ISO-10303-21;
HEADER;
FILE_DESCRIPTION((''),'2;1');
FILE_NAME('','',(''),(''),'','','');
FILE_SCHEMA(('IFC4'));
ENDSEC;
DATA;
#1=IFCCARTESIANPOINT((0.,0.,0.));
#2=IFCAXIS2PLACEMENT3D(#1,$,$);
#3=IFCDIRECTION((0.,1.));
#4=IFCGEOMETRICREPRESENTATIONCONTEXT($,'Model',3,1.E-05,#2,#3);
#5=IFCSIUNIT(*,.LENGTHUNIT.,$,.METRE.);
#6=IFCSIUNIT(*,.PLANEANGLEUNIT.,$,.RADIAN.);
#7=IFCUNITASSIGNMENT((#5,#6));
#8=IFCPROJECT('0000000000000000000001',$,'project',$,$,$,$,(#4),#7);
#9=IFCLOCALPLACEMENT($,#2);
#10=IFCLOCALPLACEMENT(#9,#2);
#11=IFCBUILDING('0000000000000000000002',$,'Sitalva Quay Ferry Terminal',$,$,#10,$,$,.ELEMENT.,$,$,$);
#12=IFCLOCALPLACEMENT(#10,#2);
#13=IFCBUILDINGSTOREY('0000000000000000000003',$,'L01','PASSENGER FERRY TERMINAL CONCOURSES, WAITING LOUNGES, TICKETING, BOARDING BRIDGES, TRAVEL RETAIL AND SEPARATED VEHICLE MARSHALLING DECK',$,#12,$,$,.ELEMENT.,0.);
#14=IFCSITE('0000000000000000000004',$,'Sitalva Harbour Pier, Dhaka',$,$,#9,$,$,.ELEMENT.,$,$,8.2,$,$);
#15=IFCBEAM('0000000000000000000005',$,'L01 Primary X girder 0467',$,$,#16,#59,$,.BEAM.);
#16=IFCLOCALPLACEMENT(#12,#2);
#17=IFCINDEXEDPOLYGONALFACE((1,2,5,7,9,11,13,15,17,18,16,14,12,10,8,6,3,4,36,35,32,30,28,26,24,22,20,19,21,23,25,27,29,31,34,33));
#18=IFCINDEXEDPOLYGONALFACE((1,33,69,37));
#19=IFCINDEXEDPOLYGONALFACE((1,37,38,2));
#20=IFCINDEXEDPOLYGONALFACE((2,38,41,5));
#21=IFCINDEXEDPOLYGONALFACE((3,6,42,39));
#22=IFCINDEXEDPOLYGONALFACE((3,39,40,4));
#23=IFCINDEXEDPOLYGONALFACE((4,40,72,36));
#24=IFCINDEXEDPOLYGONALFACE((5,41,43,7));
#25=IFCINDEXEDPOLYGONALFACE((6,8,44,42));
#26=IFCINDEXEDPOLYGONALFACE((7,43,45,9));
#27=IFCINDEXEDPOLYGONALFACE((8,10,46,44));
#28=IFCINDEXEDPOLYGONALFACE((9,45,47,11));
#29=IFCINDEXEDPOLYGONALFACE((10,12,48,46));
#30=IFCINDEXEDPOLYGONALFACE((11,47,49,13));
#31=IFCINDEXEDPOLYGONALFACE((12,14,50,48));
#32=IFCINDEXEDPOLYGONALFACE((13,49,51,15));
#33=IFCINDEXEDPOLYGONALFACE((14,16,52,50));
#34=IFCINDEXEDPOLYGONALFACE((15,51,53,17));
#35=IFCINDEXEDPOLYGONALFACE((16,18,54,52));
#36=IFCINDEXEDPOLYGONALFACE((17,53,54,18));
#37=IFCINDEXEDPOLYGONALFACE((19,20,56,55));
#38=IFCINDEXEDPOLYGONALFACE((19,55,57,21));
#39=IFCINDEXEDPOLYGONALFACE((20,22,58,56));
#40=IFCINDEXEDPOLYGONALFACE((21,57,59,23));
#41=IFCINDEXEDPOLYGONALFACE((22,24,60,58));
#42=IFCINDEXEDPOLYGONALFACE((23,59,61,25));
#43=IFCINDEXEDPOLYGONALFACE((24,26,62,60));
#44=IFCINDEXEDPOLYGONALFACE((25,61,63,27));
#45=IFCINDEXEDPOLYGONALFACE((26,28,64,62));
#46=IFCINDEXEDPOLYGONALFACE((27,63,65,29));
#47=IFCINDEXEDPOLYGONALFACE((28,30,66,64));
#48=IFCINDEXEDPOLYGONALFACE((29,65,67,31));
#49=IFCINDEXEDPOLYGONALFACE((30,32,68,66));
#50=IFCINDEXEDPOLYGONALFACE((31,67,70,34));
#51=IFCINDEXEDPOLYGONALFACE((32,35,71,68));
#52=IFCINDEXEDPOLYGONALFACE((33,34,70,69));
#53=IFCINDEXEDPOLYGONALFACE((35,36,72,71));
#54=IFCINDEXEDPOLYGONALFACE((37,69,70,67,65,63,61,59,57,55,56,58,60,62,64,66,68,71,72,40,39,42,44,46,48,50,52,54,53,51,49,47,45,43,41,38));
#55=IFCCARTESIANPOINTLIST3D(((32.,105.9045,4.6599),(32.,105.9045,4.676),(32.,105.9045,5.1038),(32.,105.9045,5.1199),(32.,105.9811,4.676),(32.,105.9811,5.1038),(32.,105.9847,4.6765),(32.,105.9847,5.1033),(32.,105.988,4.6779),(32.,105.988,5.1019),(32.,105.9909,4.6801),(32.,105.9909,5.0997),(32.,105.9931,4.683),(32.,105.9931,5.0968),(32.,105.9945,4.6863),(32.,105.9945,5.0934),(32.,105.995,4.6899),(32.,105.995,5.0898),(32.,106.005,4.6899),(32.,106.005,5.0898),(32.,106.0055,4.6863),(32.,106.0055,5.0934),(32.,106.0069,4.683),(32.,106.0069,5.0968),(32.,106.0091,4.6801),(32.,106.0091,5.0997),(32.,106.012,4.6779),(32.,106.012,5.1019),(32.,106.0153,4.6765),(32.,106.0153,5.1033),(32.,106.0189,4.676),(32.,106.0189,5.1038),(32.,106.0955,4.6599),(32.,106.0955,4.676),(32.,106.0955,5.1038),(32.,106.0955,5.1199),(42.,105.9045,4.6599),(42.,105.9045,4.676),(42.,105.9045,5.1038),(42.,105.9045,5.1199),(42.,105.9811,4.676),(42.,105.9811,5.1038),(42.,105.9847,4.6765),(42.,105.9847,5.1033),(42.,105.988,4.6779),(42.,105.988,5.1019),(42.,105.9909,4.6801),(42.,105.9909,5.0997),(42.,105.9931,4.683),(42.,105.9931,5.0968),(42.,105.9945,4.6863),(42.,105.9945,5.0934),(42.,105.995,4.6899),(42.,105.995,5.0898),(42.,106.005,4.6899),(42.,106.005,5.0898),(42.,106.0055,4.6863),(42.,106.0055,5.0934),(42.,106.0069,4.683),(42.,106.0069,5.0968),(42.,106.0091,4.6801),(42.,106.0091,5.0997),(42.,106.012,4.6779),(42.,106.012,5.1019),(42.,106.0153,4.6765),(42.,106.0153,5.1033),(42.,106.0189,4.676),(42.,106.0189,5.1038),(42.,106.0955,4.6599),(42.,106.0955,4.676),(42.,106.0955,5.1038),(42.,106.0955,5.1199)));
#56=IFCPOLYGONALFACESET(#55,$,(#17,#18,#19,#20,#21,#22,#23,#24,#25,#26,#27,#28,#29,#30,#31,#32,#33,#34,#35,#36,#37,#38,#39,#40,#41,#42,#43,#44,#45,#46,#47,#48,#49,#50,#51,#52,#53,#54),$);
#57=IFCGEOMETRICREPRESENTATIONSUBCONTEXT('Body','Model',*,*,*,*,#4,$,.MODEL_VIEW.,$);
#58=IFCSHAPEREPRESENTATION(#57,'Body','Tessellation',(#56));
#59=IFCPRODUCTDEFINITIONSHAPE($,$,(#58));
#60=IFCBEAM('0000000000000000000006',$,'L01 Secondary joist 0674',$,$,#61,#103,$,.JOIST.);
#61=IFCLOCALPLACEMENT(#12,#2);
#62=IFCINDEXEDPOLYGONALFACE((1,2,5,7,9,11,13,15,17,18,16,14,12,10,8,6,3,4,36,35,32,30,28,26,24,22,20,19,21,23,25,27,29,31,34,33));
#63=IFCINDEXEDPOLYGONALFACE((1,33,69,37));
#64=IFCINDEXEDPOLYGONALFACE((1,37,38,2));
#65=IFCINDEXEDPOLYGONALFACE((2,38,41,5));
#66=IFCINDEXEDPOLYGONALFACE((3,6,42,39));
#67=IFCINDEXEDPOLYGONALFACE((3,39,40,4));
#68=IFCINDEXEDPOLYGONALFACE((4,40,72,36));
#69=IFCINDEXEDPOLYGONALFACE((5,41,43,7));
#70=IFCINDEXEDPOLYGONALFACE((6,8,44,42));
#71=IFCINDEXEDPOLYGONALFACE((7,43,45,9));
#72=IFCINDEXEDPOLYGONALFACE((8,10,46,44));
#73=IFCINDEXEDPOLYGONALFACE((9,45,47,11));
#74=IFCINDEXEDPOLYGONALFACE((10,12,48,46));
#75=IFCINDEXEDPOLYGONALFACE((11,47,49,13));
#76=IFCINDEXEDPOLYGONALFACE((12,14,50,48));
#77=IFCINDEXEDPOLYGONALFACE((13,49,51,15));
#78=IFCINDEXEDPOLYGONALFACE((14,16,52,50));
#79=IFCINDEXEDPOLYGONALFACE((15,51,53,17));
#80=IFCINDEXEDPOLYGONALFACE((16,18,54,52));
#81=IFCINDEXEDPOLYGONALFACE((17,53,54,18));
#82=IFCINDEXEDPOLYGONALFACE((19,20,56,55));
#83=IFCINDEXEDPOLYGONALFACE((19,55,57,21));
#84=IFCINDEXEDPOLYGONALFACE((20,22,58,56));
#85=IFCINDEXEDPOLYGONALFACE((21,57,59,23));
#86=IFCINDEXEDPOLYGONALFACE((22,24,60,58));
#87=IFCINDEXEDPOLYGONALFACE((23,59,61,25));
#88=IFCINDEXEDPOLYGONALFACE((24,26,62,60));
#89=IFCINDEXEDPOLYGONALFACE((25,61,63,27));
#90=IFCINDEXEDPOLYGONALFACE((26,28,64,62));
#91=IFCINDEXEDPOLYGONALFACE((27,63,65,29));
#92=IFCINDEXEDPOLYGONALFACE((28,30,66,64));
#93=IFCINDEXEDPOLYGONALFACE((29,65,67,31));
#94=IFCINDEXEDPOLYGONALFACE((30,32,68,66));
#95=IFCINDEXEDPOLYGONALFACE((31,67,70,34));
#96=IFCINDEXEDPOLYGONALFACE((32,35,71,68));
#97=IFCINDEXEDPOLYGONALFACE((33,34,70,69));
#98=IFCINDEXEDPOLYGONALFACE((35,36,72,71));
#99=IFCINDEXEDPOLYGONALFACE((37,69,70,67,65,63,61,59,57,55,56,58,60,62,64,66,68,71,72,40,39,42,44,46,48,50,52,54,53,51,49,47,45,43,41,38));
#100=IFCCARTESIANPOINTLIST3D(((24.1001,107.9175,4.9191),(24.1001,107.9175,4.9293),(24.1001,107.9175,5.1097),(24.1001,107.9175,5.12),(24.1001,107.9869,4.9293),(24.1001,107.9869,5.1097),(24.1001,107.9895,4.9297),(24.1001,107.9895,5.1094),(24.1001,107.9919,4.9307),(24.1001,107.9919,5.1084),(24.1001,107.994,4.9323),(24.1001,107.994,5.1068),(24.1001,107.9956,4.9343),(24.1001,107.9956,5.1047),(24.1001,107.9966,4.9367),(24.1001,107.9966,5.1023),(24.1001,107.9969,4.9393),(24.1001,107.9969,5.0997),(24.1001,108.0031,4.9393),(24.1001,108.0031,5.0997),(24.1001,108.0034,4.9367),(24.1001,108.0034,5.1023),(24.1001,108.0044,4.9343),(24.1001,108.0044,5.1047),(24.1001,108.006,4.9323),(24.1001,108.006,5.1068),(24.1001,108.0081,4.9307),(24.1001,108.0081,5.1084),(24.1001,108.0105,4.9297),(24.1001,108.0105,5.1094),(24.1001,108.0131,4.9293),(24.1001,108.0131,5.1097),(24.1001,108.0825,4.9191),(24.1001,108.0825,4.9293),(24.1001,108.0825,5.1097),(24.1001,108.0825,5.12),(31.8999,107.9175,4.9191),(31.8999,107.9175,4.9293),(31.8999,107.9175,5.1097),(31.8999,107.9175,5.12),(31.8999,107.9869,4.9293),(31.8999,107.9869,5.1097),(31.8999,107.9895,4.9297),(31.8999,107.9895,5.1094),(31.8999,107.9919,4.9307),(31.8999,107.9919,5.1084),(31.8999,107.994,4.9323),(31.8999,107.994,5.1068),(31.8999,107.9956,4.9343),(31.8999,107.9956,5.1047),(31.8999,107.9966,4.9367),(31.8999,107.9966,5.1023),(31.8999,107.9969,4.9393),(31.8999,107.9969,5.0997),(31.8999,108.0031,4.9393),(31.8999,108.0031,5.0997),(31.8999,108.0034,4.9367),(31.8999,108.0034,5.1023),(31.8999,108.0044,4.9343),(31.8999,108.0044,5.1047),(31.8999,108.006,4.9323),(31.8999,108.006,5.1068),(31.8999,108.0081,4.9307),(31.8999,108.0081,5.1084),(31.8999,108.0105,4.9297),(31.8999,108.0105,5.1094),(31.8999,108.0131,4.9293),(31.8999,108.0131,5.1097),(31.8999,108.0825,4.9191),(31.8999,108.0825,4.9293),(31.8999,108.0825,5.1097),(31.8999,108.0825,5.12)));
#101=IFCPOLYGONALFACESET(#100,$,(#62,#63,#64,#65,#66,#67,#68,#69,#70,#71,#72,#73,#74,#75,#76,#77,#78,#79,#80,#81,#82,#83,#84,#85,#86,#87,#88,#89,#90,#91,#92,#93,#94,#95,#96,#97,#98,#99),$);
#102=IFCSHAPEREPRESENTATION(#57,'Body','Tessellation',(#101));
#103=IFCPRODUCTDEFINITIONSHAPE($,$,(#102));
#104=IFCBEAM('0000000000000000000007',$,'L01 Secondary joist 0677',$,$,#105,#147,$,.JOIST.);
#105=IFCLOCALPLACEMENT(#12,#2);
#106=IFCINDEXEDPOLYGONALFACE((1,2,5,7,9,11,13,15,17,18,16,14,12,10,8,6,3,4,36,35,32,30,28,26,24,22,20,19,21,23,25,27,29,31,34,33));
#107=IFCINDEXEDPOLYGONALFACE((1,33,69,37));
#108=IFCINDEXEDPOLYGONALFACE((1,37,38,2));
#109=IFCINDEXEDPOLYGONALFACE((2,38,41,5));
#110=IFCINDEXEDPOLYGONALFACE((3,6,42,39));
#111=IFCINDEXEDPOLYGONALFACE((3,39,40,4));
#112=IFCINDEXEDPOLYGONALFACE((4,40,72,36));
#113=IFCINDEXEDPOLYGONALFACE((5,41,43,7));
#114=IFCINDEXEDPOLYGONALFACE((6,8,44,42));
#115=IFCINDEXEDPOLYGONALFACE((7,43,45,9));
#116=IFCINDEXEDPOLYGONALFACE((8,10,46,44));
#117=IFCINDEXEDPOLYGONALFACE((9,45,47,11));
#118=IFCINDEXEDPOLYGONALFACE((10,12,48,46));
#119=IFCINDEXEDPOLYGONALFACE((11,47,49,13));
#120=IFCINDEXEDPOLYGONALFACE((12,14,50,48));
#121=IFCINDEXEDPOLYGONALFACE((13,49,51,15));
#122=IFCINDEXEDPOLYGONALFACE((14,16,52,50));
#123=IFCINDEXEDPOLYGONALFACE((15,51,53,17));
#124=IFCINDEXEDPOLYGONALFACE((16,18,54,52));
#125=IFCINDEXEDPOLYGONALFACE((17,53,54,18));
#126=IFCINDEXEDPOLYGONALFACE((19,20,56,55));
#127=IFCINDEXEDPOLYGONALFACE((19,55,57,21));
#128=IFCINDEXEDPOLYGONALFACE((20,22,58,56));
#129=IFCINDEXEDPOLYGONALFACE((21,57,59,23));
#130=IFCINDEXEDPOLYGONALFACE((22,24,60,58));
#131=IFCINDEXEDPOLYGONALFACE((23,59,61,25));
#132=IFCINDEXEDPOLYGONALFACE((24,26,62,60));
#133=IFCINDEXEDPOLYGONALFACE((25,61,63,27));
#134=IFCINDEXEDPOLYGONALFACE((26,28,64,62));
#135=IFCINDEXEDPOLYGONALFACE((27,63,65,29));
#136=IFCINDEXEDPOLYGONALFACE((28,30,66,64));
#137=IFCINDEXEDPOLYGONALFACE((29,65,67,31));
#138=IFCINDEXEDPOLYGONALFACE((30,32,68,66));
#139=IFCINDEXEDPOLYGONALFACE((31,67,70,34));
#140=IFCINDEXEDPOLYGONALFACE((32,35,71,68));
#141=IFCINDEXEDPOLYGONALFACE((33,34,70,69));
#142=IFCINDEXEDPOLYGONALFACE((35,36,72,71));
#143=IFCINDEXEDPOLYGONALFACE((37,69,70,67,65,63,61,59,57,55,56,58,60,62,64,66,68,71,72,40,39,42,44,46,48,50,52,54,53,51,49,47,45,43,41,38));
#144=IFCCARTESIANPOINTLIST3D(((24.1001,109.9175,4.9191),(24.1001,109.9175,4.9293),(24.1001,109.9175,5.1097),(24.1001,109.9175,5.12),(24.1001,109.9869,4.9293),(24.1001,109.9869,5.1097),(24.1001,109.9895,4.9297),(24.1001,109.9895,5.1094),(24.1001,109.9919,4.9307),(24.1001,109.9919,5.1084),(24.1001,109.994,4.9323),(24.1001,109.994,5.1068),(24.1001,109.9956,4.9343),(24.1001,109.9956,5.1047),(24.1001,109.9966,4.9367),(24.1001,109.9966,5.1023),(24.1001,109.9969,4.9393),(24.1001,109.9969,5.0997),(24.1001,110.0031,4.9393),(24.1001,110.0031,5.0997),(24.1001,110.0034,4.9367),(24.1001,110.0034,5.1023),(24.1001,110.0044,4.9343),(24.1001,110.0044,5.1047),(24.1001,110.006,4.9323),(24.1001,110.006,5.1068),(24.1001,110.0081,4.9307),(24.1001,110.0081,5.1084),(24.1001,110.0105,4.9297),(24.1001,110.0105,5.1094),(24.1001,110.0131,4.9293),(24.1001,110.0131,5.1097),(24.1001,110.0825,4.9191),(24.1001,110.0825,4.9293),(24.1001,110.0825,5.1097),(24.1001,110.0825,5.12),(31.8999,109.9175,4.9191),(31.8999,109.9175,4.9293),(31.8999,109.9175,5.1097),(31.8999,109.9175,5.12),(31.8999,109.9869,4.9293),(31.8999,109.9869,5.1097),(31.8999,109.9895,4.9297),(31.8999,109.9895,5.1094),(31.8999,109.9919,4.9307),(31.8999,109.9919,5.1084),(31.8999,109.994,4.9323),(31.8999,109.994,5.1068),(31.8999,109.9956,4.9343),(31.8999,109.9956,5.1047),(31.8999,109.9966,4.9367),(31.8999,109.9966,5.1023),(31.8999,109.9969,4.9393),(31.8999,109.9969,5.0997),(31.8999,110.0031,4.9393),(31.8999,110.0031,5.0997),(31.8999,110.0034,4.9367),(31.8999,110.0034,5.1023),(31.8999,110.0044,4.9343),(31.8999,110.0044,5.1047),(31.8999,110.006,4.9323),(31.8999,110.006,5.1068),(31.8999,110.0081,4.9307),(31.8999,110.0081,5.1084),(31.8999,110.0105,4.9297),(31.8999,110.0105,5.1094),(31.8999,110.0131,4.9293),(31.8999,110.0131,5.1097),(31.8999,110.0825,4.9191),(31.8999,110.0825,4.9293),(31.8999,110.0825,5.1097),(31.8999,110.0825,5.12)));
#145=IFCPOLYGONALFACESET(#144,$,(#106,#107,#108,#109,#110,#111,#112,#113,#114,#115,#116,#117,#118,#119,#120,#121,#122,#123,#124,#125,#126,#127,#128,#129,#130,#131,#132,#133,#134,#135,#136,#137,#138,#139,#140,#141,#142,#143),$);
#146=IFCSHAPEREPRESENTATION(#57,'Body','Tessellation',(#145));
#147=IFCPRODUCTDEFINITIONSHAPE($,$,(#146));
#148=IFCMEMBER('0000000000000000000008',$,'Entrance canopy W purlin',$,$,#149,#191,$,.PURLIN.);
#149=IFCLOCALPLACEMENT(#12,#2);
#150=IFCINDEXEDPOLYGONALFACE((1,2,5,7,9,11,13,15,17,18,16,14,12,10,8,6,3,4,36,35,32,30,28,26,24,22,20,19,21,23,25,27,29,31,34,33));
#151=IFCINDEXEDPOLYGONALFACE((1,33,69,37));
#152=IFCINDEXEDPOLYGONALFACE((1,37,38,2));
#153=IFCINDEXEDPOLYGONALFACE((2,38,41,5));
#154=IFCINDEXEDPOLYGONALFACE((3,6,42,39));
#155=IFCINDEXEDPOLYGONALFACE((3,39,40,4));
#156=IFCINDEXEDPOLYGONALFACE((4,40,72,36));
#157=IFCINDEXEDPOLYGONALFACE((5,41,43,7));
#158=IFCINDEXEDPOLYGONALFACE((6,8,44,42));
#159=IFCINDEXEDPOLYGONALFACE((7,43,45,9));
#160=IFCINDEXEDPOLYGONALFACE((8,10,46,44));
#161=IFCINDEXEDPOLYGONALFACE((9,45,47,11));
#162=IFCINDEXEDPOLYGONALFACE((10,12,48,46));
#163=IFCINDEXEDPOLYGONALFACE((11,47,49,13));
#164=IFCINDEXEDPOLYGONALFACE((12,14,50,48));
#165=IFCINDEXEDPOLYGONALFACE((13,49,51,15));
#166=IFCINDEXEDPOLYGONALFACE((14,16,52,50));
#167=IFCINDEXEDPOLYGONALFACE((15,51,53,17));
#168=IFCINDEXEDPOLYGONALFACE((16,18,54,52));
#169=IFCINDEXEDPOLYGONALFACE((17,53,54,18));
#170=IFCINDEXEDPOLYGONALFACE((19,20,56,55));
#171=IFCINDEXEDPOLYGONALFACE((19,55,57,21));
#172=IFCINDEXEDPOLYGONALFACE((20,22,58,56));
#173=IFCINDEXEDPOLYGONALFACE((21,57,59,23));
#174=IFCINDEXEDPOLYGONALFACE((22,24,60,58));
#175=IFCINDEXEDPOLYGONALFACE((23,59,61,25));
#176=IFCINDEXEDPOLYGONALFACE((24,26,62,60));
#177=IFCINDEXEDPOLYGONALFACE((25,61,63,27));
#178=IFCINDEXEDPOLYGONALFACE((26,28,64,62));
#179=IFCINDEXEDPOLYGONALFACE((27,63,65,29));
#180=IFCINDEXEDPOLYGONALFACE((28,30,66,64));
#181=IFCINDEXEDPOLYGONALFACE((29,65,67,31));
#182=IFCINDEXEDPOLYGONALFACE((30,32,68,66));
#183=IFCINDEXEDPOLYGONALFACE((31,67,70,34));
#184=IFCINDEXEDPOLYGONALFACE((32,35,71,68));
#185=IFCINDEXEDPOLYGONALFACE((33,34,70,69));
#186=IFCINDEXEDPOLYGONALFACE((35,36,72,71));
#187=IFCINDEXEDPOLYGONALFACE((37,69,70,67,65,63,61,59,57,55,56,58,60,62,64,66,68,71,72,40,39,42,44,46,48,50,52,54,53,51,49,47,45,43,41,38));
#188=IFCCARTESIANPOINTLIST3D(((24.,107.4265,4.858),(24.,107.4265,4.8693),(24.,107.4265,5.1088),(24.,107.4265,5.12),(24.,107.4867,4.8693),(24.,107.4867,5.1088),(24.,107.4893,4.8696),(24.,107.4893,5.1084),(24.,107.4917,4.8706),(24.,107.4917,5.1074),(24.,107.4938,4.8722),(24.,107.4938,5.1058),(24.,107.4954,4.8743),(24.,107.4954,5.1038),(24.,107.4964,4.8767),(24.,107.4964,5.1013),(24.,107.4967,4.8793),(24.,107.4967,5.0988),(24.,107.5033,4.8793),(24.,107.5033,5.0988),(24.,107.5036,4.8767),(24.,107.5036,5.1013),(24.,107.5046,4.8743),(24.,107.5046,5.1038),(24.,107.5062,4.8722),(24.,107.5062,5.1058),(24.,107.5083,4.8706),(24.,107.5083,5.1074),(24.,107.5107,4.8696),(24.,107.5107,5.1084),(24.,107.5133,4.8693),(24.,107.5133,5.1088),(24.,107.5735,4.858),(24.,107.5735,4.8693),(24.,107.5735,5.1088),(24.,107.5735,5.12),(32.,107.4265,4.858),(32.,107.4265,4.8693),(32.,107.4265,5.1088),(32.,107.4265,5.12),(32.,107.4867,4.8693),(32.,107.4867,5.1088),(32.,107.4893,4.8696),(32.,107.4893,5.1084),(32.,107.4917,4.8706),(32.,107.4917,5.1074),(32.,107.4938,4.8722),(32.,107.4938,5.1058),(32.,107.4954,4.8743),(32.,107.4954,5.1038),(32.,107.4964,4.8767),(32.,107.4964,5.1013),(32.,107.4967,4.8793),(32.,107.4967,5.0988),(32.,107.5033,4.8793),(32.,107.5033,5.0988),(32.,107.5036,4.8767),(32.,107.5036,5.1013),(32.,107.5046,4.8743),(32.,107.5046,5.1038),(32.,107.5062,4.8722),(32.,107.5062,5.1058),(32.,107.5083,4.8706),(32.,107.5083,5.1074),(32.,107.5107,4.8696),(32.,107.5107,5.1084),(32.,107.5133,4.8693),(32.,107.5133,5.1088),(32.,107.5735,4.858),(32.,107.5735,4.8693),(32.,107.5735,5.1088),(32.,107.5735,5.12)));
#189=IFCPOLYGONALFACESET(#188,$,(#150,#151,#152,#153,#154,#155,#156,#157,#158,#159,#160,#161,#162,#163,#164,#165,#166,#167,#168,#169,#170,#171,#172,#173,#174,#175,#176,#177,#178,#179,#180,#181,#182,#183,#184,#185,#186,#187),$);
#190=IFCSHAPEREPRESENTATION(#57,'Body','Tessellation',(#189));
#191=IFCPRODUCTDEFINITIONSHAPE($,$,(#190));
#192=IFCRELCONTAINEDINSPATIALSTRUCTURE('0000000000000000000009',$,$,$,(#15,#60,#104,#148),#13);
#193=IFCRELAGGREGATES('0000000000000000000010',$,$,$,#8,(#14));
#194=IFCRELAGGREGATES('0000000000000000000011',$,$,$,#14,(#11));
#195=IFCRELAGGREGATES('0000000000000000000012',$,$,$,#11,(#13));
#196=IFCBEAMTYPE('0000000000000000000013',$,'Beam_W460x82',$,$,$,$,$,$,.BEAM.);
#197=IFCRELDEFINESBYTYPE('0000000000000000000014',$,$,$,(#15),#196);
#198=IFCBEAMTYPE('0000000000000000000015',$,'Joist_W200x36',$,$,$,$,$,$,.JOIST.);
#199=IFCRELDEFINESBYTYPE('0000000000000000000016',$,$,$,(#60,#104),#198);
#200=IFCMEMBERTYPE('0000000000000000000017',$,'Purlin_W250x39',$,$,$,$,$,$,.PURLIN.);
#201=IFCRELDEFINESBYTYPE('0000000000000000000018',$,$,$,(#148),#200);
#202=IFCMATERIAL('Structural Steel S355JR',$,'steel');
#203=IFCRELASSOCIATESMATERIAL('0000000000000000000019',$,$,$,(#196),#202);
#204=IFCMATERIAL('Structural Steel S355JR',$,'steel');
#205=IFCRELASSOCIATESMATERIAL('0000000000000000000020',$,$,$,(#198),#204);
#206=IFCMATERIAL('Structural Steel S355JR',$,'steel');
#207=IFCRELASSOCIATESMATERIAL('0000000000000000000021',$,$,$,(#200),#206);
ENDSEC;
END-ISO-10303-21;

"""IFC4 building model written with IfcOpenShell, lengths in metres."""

from ifc_helpers import new_model, si_unit, direction, frame, origin, origin_2d, place, context, subcontext, project, spatial, i_section, extrude, material, material_profile, profile_set, type_object, element, save


model = new_model("IFC4")

# Units and contexts
model_context = context("Model", 3, precision=1e-05, world=origin(), true_north=direction((0.0, 1.0)))
body_context = subcontext(model_context, "Body", "Model", "MODEL_VIEW")
ifc_project = project(units=[si_unit("LENGTHUNIT", "METRE"), si_unit("PLANEANGLEUNIT", "RADIAN")], contexts=[model_context])

# Site, building, storey
site_placement = place(None, origin())
site = spatial("IfcSite", under=ifc_project, at=site_placement, Name="Sitalva Harbour Pier, Dhaka", CompositionType="ELEMENT", RefElevation=8.2)
building_placement = place(site_placement, origin())
building = spatial("IfcBuilding", under=site, at=building_placement, Name="Sitalva Quay Ferry Terminal", CompositionType="ELEMENT")
storey_placement = place(building_placement, origin())
storey = spatial("IfcBuildingStorey", under=building, at=storey_placement, Name="L01", Description="PASSENGER FERRY TERMINAL CONCOURSES, WAITING LOUNGES, TICKETING, BOARDING BRIDGES, TRAVEL RETAIL AND SEPARATED VEHICLE MARSHALLING DECK", CompositionType="ELEMENT", Elevation=0.0)

# Beams
ifc_material_1 = material(Name="Structural Steel S355JR", Category="steel")
ifc_material_profile_1 = material_profile(ifc_material_1, i_section(OverallWidth=0.1909, OverallDepth=0.46, WebThickness=0.01, FlangeThickness=0.0161, FilletRadius=0.0139, at=origin_2d()), Name="W460x82")
ifc_profile_set_1 = profile_set([ifc_material_profile_1], Name="Structural Steel S355JR")
beam_type_1 = type_object("IfcBeamType", Name="Beam_W460x82", PredefinedType="BEAM", material=ifc_profile_set_1)
beam_1_placement = place(storey_placement, frame((32.0, 106.0, 4.8899), z_axis=(1.0, 0.0, 0.0), x_axis=(0.0, 1.0, 0.0)))
element("IfcBeam", 1, at=beam_1_placement, inside=storey, type_object=beam_type_1, Name="L01 Primary X girder 0467", PredefinedType="BEAM", context=body_context, shape_type="SweptSolid", body=[
    extrude(i_section(OverallWidth=0.1909, OverallDepth=0.46, WebThickness=0.01, FlangeThickness=0.0161, FilletRadius=0.0139, at=origin_2d()), origin(), (0.0, 0.0, 1.0), 10.0),
])
ifc_material_2 = material(Name="Structural Steel S355JR", Category="steel")
ifc_material_profile_2 = material_profile(ifc_material_2, i_section(OverallWidth=0.165, OverallDepth=0.2009, WebThickness=0.0061, FlangeThickness=0.0103, FilletRadius=0.01, at=origin_2d()), Name="W200x36")
ifc_profile_set_2 = profile_set([ifc_material_profile_2], Name="Structural Steel S355JR")
beam_type_2 = type_object("IfcBeamType", Name="Joist_W200x36", PredefinedType="JOIST", material=ifc_profile_set_2)
for number, where, z_axis, x_axis, name in (
    (2, (24.1001, 108.0, 5.0195), (1.0, 0.0, 0.0), (0.0, 1.0, 0.0), "L01 Secondary joist 0674"),
    (3, (24.1001, 110.0, 5.0195), (1.0, 0.0, 0.0), (0.0, 1.0, 0.0), "L01 Secondary joist 0677"),
):
    element("IfcBeam", number, at=place(storey_placement, frame(where, z_axis=z_axis, x_axis=x_axis)), inside=storey, type_object=beam_type_2, Name=name, PredefinedType="JOIST", context=body_context, shape_type="SweptSolid", body=[
        extrude(i_section(OverallWidth=0.165, OverallDepth=0.2009, WebThickness=0.0061, FlangeThickness=0.0103, FilletRadius=0.01, at=origin_2d()), origin(), (0.0, 0.0, 1.0), 7.7998),
    ])

# Member
ifc_material_3 = material(Name="Structural Steel S355JR", Category="steel")
ifc_material_profile_3 = material_profile(ifc_material_3, i_section(OverallWidth=0.147, OverallDepth=0.262, WebThickness=0.0066, FlangeThickness=0.0112, FilletRadius=0.01, at=origin_2d()), Name="W250x39")
ifc_profile_set_3 = profile_set([ifc_material_profile_3], Name="Structural Steel S355JR")
member_type_1 = type_object("IfcMemberType", Name="Purlin_W250x39", PredefinedType="PURLIN", material=ifc_profile_set_3)
for number, where, z_axis, x_axis, name in (
    (4, (24.0, 107.5, 4.989), (1.0, 0.0, 0.0), (0.0, 1.0, 0.0), "Entrance canopy W purlin"),
):
    element("IfcMember", number, at=place(storey_placement, frame(where, z_axis=z_axis, x_axis=x_axis)), inside=storey, type_object=member_type_1, Name=name, PredefinedType="PURLIN", context=body_context, shape_type="SweptSolid", body=[
        extrude(i_section(OverallWidth=0.147, OverallDepth=0.262, WebThickness=0.0066, FlangeThickness=0.0112, FilletRadius=0.01, at=origin_2d()), origin(), (0.0, 0.0, 1.0), 8.0),
    ])

save(model, "model.ifc")
